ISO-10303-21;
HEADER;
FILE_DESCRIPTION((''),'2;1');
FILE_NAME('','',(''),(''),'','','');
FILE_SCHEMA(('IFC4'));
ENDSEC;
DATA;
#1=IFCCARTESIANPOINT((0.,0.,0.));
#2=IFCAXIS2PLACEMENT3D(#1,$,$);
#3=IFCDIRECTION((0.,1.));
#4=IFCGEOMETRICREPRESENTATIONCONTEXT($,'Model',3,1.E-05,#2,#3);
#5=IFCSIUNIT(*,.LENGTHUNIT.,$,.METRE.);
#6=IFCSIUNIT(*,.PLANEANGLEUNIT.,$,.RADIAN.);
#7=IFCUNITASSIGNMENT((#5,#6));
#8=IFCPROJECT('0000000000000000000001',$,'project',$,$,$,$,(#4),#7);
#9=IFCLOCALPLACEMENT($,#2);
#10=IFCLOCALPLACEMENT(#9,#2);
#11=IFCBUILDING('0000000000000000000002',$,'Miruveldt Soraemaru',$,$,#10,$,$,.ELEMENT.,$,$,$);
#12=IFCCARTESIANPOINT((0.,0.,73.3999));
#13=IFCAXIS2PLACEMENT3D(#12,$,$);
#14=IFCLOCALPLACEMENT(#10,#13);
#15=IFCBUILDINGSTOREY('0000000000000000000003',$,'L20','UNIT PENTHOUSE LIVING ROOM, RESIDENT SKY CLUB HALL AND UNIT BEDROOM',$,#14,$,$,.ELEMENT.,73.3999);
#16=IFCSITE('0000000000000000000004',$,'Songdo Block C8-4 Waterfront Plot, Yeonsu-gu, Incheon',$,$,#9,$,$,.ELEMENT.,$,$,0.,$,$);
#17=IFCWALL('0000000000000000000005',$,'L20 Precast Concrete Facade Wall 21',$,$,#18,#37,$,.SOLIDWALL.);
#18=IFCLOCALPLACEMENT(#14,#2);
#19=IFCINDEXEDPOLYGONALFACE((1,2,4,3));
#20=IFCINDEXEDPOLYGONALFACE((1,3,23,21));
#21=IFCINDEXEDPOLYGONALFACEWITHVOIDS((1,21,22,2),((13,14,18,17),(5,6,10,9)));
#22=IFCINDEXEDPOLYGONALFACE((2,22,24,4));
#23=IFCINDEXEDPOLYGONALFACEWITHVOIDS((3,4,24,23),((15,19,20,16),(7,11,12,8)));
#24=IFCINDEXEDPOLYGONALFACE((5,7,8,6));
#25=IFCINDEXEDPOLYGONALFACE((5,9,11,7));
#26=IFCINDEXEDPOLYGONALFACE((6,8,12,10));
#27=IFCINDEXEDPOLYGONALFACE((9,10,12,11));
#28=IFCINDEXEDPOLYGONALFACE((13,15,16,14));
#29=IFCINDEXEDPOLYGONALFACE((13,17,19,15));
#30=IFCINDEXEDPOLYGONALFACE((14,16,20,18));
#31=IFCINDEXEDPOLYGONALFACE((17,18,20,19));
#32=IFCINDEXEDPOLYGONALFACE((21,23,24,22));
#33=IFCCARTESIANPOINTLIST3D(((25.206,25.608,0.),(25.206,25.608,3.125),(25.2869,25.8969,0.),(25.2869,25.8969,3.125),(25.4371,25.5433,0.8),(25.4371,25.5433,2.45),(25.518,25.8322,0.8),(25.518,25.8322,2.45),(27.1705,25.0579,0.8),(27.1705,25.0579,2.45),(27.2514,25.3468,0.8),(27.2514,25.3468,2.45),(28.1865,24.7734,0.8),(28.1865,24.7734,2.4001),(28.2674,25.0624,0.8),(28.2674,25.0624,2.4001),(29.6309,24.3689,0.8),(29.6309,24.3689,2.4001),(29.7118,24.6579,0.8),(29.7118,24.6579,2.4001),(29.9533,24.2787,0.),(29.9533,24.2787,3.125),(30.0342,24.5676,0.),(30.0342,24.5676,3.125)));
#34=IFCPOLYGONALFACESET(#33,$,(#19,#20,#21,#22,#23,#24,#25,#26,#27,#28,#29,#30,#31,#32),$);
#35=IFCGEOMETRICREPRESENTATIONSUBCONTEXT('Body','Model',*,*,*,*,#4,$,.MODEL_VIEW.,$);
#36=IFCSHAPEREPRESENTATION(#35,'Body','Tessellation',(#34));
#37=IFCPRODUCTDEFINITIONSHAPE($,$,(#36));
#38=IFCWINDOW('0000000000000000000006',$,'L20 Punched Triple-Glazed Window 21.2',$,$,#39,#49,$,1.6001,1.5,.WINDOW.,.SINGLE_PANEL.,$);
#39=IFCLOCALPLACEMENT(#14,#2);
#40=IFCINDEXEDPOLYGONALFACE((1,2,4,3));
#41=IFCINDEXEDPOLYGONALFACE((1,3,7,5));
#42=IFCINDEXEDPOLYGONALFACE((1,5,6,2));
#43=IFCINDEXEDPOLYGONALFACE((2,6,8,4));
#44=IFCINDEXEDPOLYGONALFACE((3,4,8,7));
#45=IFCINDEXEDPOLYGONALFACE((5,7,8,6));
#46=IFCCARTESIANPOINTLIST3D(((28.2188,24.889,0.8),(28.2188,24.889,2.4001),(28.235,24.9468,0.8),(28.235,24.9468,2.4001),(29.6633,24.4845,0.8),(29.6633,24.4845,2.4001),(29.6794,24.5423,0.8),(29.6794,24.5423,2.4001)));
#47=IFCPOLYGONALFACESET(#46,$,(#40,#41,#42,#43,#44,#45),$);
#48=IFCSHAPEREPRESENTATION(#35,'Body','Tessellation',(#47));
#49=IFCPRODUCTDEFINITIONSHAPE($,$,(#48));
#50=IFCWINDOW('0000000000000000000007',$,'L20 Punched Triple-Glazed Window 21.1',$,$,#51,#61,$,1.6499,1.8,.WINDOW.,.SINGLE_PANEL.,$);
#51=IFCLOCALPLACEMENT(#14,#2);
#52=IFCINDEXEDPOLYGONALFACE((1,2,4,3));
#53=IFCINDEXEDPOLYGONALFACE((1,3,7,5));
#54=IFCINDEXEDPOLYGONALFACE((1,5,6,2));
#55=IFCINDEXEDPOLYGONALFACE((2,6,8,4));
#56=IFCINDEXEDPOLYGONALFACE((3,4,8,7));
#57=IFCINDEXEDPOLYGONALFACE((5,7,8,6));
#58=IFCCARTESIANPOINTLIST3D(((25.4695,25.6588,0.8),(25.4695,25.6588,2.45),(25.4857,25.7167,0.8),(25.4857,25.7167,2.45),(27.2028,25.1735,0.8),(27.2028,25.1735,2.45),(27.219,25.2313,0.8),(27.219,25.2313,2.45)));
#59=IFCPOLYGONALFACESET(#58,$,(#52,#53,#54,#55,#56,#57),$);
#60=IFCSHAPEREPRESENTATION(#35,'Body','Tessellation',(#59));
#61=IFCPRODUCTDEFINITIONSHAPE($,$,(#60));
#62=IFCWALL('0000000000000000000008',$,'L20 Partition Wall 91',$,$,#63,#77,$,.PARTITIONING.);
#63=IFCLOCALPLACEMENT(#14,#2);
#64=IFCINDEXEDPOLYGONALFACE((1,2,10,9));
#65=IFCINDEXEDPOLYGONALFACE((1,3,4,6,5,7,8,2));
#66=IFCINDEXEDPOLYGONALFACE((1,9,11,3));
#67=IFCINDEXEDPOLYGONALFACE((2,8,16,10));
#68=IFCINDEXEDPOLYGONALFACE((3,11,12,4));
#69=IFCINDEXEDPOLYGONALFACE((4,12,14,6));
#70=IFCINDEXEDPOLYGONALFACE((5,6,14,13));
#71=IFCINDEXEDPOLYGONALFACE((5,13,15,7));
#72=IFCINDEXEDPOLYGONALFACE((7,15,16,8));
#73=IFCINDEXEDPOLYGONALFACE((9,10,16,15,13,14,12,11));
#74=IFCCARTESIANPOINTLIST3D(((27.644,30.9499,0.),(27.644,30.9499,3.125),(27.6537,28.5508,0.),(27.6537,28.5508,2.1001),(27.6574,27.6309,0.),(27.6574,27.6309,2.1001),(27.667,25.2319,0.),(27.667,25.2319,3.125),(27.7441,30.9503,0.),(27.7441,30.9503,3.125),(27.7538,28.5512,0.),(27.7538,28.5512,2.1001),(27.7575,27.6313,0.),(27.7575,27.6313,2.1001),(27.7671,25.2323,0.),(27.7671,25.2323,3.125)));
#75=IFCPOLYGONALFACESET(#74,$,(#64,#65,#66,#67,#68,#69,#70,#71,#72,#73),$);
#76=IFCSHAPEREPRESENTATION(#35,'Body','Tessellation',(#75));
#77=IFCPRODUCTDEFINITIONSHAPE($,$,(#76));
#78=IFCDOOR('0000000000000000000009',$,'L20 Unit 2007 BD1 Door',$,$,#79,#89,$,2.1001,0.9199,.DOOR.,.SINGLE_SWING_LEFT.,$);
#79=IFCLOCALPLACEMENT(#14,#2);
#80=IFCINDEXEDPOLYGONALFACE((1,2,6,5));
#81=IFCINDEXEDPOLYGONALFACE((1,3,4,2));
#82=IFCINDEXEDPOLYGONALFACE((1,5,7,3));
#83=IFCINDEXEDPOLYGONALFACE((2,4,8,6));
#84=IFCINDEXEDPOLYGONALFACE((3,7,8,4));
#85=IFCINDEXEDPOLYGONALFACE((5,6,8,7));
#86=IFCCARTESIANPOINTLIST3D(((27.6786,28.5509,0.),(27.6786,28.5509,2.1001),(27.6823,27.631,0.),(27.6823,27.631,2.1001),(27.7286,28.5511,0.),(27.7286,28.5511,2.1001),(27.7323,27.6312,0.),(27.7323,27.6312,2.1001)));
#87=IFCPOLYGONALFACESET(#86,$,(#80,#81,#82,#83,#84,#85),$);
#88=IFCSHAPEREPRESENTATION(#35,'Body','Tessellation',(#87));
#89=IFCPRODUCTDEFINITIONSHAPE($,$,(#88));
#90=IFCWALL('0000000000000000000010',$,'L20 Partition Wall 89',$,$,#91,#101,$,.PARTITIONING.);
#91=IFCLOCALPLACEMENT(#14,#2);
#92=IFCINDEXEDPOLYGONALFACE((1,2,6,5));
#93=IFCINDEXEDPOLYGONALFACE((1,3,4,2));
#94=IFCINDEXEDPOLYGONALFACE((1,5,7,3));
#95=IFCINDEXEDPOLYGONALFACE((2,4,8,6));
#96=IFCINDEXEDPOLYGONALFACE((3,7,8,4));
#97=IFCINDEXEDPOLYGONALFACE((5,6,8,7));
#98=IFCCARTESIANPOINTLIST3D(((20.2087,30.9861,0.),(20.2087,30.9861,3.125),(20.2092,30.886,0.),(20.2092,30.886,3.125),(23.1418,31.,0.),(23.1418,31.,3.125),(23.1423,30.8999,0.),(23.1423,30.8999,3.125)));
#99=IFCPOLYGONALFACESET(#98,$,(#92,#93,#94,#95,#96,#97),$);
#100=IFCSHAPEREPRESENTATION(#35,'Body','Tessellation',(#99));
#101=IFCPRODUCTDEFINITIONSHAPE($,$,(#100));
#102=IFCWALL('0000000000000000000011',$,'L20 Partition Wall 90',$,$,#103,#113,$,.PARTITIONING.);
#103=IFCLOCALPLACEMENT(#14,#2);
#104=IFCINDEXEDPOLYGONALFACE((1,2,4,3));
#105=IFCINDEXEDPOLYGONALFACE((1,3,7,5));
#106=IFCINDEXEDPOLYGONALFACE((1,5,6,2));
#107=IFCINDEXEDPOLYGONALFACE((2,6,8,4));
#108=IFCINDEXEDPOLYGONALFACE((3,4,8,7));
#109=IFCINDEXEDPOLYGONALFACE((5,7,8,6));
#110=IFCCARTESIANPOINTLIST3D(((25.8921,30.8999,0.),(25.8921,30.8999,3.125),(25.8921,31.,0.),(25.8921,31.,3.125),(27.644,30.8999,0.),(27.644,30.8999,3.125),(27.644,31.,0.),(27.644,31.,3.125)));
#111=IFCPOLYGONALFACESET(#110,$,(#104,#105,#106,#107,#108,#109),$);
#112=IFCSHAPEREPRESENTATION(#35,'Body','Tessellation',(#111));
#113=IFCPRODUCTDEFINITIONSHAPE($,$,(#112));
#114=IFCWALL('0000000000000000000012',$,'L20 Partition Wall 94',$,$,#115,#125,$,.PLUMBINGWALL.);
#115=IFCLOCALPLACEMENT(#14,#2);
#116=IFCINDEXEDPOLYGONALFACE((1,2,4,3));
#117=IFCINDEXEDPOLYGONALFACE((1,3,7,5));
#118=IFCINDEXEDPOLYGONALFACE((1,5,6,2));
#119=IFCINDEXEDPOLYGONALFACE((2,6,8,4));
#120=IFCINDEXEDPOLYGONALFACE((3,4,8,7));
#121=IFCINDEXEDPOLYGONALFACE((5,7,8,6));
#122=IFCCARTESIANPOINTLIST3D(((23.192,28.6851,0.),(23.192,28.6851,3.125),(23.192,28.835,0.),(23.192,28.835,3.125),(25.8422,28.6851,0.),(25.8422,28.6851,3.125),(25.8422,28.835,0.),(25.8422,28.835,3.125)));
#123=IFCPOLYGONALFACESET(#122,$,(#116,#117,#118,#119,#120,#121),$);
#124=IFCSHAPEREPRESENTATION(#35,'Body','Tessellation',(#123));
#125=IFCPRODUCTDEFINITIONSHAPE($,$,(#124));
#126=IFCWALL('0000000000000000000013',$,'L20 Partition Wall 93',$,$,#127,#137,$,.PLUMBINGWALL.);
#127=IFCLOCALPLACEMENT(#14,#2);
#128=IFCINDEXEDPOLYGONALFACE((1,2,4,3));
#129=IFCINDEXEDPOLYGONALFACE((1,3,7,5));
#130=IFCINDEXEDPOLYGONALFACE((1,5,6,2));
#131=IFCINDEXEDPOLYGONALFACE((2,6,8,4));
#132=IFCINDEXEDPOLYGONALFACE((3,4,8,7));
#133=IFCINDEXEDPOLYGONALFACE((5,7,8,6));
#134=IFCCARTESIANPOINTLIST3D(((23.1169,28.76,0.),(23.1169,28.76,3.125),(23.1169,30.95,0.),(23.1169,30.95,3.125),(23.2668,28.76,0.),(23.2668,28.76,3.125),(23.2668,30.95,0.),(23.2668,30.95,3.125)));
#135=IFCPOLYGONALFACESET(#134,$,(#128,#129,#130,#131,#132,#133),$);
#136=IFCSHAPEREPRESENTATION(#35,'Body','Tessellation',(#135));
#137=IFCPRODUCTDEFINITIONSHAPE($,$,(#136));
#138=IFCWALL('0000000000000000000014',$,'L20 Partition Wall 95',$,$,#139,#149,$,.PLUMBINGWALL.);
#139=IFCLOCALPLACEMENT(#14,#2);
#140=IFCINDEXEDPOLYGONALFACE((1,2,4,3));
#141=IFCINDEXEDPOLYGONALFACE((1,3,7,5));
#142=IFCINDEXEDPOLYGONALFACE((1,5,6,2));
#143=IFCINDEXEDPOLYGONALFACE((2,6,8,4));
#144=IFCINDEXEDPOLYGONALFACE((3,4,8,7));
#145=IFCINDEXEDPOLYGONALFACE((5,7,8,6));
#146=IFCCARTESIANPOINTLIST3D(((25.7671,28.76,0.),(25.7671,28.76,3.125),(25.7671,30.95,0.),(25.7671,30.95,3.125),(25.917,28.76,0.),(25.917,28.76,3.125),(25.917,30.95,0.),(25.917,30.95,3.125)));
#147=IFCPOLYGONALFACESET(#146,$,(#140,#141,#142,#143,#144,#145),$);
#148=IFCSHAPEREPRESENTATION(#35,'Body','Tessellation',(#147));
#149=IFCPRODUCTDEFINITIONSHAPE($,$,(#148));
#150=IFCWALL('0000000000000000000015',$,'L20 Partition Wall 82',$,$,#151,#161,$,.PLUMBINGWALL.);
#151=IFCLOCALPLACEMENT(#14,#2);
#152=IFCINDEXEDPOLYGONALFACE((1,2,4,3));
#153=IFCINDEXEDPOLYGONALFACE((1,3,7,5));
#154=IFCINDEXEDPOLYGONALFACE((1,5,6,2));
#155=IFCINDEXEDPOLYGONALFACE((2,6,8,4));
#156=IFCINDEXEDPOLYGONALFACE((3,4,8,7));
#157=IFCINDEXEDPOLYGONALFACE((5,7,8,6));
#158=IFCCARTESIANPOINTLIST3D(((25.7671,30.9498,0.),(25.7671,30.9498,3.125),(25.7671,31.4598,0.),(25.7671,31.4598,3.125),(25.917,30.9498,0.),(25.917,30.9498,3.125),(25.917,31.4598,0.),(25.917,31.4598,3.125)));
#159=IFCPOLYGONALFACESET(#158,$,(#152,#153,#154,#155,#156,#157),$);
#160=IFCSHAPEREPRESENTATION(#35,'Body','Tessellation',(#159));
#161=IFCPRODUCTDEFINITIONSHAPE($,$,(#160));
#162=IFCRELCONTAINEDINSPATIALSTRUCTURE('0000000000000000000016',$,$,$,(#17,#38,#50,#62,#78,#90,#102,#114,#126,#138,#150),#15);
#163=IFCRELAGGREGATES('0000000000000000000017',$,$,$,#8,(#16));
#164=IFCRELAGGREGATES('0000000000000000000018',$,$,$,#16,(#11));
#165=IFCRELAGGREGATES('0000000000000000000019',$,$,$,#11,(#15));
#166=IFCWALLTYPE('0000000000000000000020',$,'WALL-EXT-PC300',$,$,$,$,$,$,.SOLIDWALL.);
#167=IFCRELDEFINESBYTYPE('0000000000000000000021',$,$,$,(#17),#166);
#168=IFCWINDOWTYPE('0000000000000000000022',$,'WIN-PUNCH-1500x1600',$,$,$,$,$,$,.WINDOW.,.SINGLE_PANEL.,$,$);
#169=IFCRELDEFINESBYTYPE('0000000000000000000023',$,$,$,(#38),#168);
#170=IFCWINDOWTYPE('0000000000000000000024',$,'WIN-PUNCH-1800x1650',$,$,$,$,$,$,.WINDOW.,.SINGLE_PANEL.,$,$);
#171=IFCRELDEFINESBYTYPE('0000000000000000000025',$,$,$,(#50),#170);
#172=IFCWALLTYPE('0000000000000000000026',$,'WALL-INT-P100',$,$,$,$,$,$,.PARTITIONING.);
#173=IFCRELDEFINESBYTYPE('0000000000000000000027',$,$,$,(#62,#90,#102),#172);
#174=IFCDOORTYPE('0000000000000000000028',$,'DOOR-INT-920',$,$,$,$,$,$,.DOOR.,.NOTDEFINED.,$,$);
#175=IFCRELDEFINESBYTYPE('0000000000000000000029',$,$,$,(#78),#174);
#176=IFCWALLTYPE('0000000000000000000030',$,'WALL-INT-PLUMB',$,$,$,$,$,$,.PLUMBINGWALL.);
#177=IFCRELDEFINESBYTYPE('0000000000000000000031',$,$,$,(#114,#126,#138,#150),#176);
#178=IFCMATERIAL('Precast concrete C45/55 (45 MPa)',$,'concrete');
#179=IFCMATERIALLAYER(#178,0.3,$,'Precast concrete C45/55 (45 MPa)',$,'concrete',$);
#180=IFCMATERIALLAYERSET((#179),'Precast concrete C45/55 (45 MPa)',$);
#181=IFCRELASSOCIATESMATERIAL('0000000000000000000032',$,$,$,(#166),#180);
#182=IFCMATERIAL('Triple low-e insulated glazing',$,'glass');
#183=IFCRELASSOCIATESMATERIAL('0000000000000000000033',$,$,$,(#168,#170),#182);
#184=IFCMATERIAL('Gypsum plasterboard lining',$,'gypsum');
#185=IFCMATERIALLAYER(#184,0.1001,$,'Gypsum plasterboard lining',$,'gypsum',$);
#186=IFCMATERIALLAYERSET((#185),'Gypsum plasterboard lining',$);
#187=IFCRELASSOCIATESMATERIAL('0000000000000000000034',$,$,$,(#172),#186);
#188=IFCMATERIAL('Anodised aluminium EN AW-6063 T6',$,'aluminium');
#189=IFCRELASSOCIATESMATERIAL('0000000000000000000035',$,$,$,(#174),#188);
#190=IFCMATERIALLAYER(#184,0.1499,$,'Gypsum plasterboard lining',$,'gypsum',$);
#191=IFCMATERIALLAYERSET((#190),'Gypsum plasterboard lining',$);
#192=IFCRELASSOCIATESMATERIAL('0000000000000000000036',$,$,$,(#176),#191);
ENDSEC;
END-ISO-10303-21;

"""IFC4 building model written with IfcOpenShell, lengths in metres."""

from ifc_helpers import new_model, si_unit, direction, frame, frame_2d, origin, place, context, subcontext, project, spatial, rectangle, extrude, material, layer, layer_set, type_object, element, fill, save


model = new_model("IFC4")

# Units and contexts
model_context = context("Model", 3, precision=1e-05, world=origin(), true_north=direction((0.0, 1.0)))
body_context = subcontext(model_context, "Body", "Model", "MODEL_VIEW")
ifc_project = project(units=[si_unit("LENGTHUNIT", "METRE"), si_unit("PLANEANGLEUNIT", "RADIAN")], contexts=[model_context])

# Site, building, storey
site_placement = place(None, origin())
site = spatial("IfcSite", under=ifc_project, at=site_placement, Name="Songdo Block C8-4 Waterfront Plot, Yeonsu-gu, Incheon", CompositionType="ELEMENT", RefElevation=0.0)
building_placement = place(site_placement, origin())
building = spatial("IfcBuilding", under=site, at=building_placement, Name="Miruveldt Soraemaru", CompositionType="ELEMENT")
storey_placement = place(building_placement, frame((0.0, 0.0, 73.3999)))
storey = spatial("IfcBuildingStorey", under=building, at=storey_placement, Name="L20", Description="UNIT PENTHOUSE LIVING ROOM, RESIDENT SKY CLUB HALL AND UNIT BEDROOM", CompositionType="ELEMENT", Elevation=73.3999)

# Shared definitions
ifc_material_1 = material(Name="Anodised aluminium EN AW-6063 T6", Category="aluminium")

# Shared definitions
ifc_material_2 = material(Name="Precast concrete C45/55 (45 MPa)", Category="concrete")
ifc_layer_1 = layer(ifc_material_2, 0.3, Name="Precast concrete C45/55 (45 MPa)", Category="concrete")
ifc_layer_set_1 = layer_set([ifc_layer_1], Name="Precast concrete C45/55 (45 MPa)")
wall_type_1 = type_object("IfcWallType", Name="WALL-EXT-PC300", PredefinedType="SOLIDWALL", material=ifc_layer_set_1)
ifc_material_3 = material(Name="Triple low-e insulated glazing", Category="glass")
window_type_1 = type_object("IfcWindowType", Name="WIN-PUNCH-1500x1600", PartitioningType="SINGLE_PANEL", PredefinedType="WINDOW", material=ifc_material_3)
window_type_2 = type_object("IfcWindowType", Name="WIN-PUNCH-1800x1650", PartitioningType="SINGLE_PANEL", PredefinedType="WINDOW", material=ifc_material_3)

# Wall, openings, windows
wall_1_placement = place(storey_placement, frame((25.2466, 25.7524, 0.0), z_axis=(0.0, 0.0, 1.0), x_axis=(0.962959, -0.269648, 0.0)))
wall_1 = element("IfcWall", 1, at=wall_1_placement, inside=storey, type_object=wall_type_1, Name="L20 Precast Concrete Facade Wall 21", PredefinedType="SOLIDWALL", context=body_context, shape_type="SweptSolid", body=[
    extrude(rectangle(XDim=4.9299, YDim=0.3, at=frame_2d((2.4648, 0.0))), origin(), (0.0, 0.0, 1.0), 3.125),
])
opening_1_placement = place(wall_1_placement, frame((0.24, 0.0, 0.8)))
opening_1 = element("IfcOpeningElement", 2, at=opening_1_placement, cuts=wall_1, PredefinedType="OPENING", context=body_context, shape_type="SweptSolid", body=[
    extrude(rectangle(XDim=1.8, YDim=1.6499, at=frame_2d((0.8999, 0.825))), frame((0.0, 0.1602, 0.0), z_axis=(0.0, -1.0, 0.0), x_axis=(1.0, 0.0, 0.0)), (0.0, 0.0, 1.0), 0.3201),
])
opening_2_placement = place(wall_1_placement, frame((3.095, 0.0, 0.8)))
opening_2 = element("IfcOpeningElement", 3, at=opening_2_placement, cuts=wall_1, PredefinedType="OPENING", context=body_context, shape_type="SweptSolid", body=[
    extrude(rectangle(XDim=1.5, YDim=1.6001, at=frame_2d((0.75, 0.8))), frame((0.0, 0.1602, 0.0), z_axis=(0.0, -1.0, 0.0), x_axis=(1.0, 0.0, 0.0)), (0.0, 0.0, 1.0), 0.3201),
])
window_1_placement = place(opening_2_placement, origin())
window_1 = element("IfcWindow", 4, at=window_1_placement, inside=storey, type_object=window_type_1, Name="L20 Punched Triple-Glazed Window 21.2", OverallHeight=1.6001, OverallWidth=1.5, PartitioningType="SINGLE_PANEL", PredefinedType="WINDOW", context=body_context, shape_type="SweptSolid", body=[
    extrude(rectangle(XDim=1.5, YDim=1.6001, at=frame_2d((0.75, 0.8))), frame((0.0, 0.03, 0.0), z_axis=(0.0, -1.0, 0.0), x_axis=(1.0, 0.0, 0.0)), (0.0, 0.0, 1.0), 0.0601),
])
fill(opening_2, window_1)
window_2_placement = place(opening_1_placement, origin())
window_2 = element("IfcWindow", 5, at=window_2_placement, inside=storey, type_object=window_type_2, Name="L20 Punched Triple-Glazed Window 21.1", OverallHeight=1.6499, OverallWidth=1.8, PartitioningType="SINGLE_PANEL", PredefinedType="WINDOW", context=body_context, shape_type="SweptSolid", body=[
    extrude(rectangle(XDim=1.8, YDim=1.6499, at=frame_2d((0.8999, 0.825))), frame((0.0, 0.03, 0.0), z_axis=(0.0, -1.0, 0.0), x_axis=(1.0, 0.0, 0.0)), (0.0, 0.0, 1.0), 0.0601),
])
fill(opening_1, window_2)

# Wall, opening, door
ifc_material_4 = material(Name="Gypsum plasterboard lining", Category="gypsum")
ifc_layer_2 = layer(ifc_material_4, 0.1001, Name="Gypsum plasterboard lining", Category="gypsum")
ifc_layer_set_2 = layer_set([ifc_layer_2], Name="Gypsum plasterboard lining")
wall_type_2 = type_object("IfcWallType", Name="WALL-INT-P100", PredefinedType="PARTITIONING", material=ifc_layer_set_2)
wall_2_placement = place(storey_placement, frame((27.6941, 30.95, 0.0), z_axis=(0.0, 0.0, 1.0), x_axis=(0.004013, -0.999992, 0.0)))
wall_2 = element("IfcWall", 6, at=wall_2_placement, inside=storey, type_object=wall_type_2, Name="L20 Partition Wall 91", PredefinedType="PARTITIONING", context=body_context, shape_type="SweptSolid", body=[
    extrude(rectangle(XDim=5.718, YDim=0.1001, at=frame_2d((2.8589, 0.0))), origin(), (0.0, 0.0, 1.0), 3.125),
])
opening_3_placement = place(wall_2_placement, frame((2.3989, 0.0, 0.0)))
opening_3 = element("IfcOpeningElement", 7, at=opening_3_placement, cuts=wall_2, PredefinedType="OPENING", context=body_context, shape_type="SweptSolid", body=[
    extrude(rectangle(XDim=0.9199, YDim=2.1001, at=frame_2d((0.46, 1.05))), frame((0.0, 0.0601, 0.0), z_axis=(0.0, -1.0, 0.0), x_axis=(1.0, 0.0, 0.0)), (0.0, 0.0, 1.0), 0.1201),
])
door_type = type_object("IfcDoorType", Name="DOOR-INT-920", OperationType="NOTDEFINED", PredefinedType="DOOR", material=ifc_material_1)
door_placement = place(opening_3_placement, origin())
door = element("IfcDoor", 8, at=door_placement, inside=storey, type_object=door_type, Name="L20 Unit 2007 BD1 Door", OperationType="SINGLE_SWING_LEFT", OverallHeight=2.1001, OverallWidth=0.9199, PredefinedType="DOOR", context=body_context, shape_type="SweptSolid", body=[
    extrude(rectangle(XDim=0.9199, YDim=2.1001, at=frame_2d((0.46, 1.05))), frame((0.0, 0.0249, 0.0), z_axis=(0.0, -1.0, 0.0), x_axis=(1.0, 0.0, 0.0)), (0.0, 0.0, 1.0), 0.05),
])
fill(opening_3, door)

# Walls
wall_3_placement = place(storey_placement, frame((20.209, 30.936, 0.0), z_axis=(0.0, 0.0, 1.0), x_axis=(0.999989, 0.004744, 0.0)))
element("IfcWall", 9, at=wall_3_placement, inside=storey, type_object=wall_type_2, Name="L20 Partition Wall 89", PredefinedType="PARTITIONING", context=body_context, shape_type="SweptSolid", body=[
    extrude(rectangle(XDim=2.9331, YDim=0.1001, at=frame_2d((1.4666, 0.0))), origin(), (0.0, 0.0, 1.0), 3.125),
])
wall_4_placement = place(storey_placement, frame((25.8921, 30.95, 0.0), z_axis=(0.0, 0.0, 1.0), x_axis=(1.0, 0.0, 0.0)))
element("IfcWall", 10, at=wall_4_placement, inside=storey, type_object=wall_type_2, Name="L20 Partition Wall 90", PredefinedType="PARTITIONING", context=body_context, shape_type="SweptSolid", body=[
    extrude(rectangle(XDim=1.752, YDim=0.1001, at=frame_2d((0.876, 0.0))), origin(), (0.0, 0.0, 1.0), 3.125),
])
ifc_layer_3 = layer(ifc_material_4, 0.1499, Name="Gypsum plasterboard lining", Category="gypsum")
ifc_layer_set_3 = layer_set([ifc_layer_3], Name="Gypsum plasterboard lining")
wall_type_3 = type_object("IfcWallType", Name="WALL-INT-PLUMB", PredefinedType="PLUMBINGWALL", material=ifc_layer_set_3)
wall_5_placement = place(storey_placement, frame((23.1919, 28.76, 0.0), z_axis=(0.0, 0.0, 1.0), x_axis=(1.0, 0.0, 0.0)))
element("IfcWall", 11, at=wall_5_placement, inside=storey, type_object=wall_type_3, Name="L20 Partition Wall 94", PredefinedType="PLUMBINGWALL", context=body_context, shape_type="SweptSolid", body=[
    extrude(rectangle(XDim=2.6501, YDim=0.1499, at=frame_2d((1.3252, 0.0))), origin(), (0.0, 0.0, 1.0), 3.125),
])
for number, where, z_axis, x_axis, name in (
    (12, (23.1919, 30.95, 0.0), (0.0, 0.0, 1.0), (0.0, -1.0, 0.0), "L20 Partition Wall 93"),
    (13, (25.842, 28.76, 0.0), (0.0, 0.0, 1.0), (0.0, 1.0, 0.0), "L20 Partition Wall 95"),
):
    element("IfcWall", number, at=place(storey_placement, frame(where, z_axis=z_axis, x_axis=x_axis)), inside=storey, type_object=wall_type_3, Name=name, PredefinedType="PLUMBINGWALL", context=body_context, shape_type="SweptSolid", body=[
        extrude(rectangle(XDim=2.1899, YDim=0.1499, at=frame_2d((1.095, 0.0))), origin(), (0.0, 0.0, 1.0), 3.125),
    ])
wall_6_placement = place(storey_placement, frame((25.842, 30.95, 0.0), z_axis=(0.0, 0.0, 1.0), x_axis=(0.0, 1.0, 0.0)))
element("IfcWall", 14, at=wall_6_placement, inside=storey, type_object=wall_type_3, Name="L20 Partition Wall 82", PredefinedType="PLUMBINGWALL", context=body_context, shape_type="SweptSolid", body=[
    extrude(rectangle(XDim=0.51, YDim=0.1499, at=frame_2d((0.2549, 0.0))), origin(), (0.0, 0.0, 1.0), 3.125),
])

save(model, "model.ifc")
